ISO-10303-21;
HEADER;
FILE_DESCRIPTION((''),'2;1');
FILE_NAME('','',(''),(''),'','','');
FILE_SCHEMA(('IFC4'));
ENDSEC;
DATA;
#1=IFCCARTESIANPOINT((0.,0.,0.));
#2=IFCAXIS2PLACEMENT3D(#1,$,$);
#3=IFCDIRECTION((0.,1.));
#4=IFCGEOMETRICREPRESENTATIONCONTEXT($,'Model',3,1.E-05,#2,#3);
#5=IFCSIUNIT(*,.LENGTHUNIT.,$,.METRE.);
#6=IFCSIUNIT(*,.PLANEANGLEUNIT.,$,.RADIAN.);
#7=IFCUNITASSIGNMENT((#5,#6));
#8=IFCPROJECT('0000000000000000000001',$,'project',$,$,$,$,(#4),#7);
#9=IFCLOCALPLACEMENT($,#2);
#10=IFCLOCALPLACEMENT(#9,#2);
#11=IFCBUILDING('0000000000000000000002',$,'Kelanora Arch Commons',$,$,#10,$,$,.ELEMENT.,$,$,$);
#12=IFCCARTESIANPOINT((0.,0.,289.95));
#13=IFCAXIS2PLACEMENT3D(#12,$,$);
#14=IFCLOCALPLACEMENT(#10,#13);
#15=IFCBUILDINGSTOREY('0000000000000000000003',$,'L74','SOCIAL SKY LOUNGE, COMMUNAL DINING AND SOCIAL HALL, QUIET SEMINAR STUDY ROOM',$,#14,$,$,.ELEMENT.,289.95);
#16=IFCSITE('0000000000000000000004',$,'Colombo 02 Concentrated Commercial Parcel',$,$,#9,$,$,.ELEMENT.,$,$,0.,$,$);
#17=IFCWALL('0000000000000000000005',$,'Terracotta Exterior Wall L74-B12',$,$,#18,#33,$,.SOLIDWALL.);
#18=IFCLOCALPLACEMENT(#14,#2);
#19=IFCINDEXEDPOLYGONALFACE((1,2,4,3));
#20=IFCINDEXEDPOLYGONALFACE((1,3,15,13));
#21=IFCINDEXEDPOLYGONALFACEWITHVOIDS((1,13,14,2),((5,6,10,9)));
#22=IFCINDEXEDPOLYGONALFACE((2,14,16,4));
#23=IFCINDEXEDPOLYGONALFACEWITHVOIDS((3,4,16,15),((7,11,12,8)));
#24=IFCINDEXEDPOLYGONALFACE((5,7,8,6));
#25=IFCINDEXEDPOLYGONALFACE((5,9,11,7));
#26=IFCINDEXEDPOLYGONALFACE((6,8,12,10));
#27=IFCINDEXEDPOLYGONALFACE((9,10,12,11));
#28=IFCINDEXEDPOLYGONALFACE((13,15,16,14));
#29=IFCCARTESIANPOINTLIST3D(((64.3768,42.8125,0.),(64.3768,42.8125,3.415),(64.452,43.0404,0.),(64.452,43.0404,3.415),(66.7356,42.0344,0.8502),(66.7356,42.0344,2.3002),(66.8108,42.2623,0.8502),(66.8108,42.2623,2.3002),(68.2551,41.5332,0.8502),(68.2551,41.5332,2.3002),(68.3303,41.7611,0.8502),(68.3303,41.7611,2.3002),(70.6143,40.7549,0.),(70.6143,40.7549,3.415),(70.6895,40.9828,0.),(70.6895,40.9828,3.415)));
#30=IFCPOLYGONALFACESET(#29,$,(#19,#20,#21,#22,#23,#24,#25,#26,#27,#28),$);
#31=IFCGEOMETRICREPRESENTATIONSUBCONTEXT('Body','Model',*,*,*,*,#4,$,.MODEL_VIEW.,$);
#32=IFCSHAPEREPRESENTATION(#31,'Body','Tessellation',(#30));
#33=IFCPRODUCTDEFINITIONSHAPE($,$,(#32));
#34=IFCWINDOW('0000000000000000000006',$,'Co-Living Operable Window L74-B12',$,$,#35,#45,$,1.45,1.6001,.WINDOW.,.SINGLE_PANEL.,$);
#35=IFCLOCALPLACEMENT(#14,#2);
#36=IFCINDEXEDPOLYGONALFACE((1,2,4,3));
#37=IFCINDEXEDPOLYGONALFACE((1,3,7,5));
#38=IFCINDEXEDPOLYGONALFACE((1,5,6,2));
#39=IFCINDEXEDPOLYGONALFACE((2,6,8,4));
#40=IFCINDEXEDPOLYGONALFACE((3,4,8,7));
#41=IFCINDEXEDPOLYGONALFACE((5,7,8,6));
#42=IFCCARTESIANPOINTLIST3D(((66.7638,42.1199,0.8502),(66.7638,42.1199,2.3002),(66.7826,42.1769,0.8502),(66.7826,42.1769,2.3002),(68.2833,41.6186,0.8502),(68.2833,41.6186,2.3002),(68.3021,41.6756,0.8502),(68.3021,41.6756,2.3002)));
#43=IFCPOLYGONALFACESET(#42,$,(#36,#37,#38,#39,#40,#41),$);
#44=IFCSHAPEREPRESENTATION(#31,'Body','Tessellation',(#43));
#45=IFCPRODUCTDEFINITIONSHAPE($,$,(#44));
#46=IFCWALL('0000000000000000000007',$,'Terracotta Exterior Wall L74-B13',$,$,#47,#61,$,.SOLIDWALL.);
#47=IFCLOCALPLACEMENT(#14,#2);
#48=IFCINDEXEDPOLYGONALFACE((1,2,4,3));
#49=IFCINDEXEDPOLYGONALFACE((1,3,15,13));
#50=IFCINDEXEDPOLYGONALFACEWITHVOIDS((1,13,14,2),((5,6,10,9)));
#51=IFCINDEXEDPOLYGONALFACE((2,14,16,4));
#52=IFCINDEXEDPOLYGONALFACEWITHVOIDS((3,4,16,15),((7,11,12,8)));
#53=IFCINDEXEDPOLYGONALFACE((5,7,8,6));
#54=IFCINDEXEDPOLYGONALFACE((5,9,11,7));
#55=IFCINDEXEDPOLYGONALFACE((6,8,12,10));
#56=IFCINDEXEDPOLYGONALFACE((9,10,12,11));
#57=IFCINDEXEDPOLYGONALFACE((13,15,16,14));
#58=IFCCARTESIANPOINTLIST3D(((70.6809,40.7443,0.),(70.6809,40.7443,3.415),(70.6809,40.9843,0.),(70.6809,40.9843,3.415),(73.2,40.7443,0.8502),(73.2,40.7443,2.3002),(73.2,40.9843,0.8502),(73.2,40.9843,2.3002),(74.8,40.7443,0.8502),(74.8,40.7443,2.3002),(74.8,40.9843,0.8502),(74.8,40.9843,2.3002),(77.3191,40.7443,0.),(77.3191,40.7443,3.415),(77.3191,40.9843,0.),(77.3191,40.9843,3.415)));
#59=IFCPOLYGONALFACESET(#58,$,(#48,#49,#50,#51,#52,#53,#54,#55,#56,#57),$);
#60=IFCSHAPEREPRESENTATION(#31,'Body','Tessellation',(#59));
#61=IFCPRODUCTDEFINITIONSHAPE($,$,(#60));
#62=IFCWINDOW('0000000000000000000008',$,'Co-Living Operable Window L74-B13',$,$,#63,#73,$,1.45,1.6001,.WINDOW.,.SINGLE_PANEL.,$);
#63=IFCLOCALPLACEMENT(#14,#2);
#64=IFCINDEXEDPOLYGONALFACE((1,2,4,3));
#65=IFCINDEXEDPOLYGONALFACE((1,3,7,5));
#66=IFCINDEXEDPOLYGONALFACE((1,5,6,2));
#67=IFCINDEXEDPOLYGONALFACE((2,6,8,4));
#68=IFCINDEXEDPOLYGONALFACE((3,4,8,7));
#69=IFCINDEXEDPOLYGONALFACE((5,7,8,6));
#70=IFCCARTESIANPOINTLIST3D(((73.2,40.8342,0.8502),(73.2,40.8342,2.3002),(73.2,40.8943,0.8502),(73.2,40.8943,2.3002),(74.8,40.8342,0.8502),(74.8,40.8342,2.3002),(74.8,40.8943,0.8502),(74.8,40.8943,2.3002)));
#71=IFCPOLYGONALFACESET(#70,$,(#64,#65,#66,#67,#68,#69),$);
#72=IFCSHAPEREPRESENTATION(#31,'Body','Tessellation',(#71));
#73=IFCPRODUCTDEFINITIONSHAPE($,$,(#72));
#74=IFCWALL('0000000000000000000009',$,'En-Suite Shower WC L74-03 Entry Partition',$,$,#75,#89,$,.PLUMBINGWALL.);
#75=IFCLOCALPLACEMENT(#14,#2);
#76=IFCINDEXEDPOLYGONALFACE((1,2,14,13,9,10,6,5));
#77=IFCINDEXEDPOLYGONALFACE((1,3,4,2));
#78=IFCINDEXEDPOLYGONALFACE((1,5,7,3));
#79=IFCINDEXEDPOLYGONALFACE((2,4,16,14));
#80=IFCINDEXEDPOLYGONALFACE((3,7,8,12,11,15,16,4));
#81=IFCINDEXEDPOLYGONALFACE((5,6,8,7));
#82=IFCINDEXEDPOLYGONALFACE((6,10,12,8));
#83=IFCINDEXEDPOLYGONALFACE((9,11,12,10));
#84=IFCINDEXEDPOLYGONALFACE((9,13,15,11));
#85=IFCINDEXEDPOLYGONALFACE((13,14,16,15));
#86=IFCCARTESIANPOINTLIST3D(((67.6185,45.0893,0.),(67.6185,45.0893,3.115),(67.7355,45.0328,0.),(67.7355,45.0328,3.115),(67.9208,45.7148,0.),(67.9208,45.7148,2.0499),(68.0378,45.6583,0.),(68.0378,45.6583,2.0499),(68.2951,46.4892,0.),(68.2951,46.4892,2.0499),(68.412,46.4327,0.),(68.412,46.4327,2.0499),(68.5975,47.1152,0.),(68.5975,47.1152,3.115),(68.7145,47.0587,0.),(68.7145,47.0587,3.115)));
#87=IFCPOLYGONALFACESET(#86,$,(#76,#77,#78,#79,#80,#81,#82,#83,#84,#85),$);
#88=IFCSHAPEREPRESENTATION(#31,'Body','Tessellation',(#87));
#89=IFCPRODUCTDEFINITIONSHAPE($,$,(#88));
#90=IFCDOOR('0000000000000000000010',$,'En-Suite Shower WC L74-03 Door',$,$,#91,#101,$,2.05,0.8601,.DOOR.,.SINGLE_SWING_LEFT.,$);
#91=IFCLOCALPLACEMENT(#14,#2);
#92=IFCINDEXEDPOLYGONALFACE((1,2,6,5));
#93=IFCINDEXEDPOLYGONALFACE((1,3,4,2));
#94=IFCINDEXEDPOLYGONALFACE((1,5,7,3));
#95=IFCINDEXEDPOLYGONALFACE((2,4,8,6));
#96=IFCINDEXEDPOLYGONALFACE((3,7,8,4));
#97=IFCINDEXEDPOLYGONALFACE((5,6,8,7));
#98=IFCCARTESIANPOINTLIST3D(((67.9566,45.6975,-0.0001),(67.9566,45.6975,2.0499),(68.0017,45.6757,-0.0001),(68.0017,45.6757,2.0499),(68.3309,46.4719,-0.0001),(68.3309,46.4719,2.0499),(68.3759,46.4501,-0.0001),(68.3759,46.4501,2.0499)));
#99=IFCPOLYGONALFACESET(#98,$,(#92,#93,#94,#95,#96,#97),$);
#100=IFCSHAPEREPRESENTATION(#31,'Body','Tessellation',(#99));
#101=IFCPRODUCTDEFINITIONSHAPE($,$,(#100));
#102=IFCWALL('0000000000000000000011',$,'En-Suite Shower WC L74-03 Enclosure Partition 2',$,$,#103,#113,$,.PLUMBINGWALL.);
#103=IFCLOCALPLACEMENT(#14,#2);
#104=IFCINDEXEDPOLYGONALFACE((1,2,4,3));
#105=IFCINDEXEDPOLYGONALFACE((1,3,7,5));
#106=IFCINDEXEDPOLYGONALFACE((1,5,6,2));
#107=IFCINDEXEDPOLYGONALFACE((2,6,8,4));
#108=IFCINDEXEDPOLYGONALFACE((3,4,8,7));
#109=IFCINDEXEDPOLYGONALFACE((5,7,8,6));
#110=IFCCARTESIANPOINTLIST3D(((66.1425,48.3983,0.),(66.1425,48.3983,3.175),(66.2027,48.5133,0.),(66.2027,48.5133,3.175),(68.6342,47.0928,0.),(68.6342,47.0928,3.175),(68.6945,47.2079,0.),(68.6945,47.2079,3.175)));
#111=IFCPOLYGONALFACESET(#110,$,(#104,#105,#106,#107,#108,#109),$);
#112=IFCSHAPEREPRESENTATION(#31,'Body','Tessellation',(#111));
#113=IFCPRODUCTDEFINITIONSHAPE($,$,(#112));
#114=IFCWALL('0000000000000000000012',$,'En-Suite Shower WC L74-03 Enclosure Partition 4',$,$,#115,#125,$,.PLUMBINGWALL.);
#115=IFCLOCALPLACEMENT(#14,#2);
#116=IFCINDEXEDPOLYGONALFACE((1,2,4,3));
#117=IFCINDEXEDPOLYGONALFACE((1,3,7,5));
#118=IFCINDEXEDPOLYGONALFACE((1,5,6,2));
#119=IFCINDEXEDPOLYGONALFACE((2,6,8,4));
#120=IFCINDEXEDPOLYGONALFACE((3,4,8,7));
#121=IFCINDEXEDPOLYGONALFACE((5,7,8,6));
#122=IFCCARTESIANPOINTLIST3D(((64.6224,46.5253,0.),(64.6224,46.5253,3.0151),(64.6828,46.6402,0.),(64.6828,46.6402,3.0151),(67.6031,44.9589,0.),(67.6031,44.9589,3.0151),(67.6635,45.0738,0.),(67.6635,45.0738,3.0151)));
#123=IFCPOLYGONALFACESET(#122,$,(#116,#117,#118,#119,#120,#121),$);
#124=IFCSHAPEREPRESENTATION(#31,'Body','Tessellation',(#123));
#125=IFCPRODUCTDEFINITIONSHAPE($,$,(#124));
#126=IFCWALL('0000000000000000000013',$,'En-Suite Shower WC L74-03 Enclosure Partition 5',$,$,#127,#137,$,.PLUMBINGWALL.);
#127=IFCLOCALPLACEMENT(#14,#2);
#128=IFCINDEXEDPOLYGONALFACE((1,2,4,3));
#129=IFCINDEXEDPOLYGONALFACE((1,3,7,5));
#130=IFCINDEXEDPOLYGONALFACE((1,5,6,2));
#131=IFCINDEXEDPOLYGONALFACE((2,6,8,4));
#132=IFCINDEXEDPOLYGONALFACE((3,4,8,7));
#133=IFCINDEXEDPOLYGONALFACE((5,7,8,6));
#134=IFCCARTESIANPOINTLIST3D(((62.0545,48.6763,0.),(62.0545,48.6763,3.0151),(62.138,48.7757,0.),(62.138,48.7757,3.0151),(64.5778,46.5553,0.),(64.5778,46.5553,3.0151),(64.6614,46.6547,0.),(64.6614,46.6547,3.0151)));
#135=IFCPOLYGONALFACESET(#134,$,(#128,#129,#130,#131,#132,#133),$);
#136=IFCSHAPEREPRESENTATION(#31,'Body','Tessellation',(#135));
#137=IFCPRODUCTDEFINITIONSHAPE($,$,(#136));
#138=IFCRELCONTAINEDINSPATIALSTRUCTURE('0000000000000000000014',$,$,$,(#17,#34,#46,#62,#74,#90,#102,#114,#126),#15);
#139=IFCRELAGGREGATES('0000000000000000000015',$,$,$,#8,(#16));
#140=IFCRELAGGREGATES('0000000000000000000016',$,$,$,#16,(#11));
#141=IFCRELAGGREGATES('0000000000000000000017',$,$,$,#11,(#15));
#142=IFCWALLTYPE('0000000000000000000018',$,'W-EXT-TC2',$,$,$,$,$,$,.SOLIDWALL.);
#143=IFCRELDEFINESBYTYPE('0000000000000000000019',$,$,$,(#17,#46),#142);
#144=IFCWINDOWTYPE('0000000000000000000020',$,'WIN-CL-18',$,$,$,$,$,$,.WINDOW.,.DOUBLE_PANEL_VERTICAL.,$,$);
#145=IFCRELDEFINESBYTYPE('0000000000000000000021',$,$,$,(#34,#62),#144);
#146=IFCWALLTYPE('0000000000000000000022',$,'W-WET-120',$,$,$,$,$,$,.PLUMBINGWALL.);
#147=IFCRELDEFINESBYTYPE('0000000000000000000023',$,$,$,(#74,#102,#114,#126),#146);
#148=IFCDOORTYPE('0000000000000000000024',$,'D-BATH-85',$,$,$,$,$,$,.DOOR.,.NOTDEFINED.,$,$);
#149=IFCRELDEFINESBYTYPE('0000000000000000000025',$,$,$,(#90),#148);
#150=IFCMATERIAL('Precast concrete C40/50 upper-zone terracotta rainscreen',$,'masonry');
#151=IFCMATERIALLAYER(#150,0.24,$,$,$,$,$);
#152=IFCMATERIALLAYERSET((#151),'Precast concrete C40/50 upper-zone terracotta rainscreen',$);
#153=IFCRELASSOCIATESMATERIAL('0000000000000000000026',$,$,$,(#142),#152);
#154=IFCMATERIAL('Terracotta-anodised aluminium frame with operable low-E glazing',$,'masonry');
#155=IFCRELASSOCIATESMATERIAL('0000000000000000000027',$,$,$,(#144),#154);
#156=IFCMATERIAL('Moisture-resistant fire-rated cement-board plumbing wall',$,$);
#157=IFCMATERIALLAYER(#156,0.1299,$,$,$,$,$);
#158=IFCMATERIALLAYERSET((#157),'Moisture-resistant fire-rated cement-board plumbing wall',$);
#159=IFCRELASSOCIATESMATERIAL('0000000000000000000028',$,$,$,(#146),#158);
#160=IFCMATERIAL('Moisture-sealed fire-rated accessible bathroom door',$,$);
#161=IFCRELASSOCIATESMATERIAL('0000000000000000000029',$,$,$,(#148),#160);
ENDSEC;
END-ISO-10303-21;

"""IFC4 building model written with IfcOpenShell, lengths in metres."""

from ifc_helpers import new_model, si_unit, direction, frame, frame_2d, origin, place, context, subcontext, project, spatial, rectangle, extrude, material, layer, layer_set, type_object, element, fill, save


model = new_model("IFC4")

# Units and contexts
model_context = context("Model", 3, precision=1e-05, world=origin(), true_north=direction((0.0, 1.0)))
body_context = subcontext(model_context, "Body", "Model", "MODEL_VIEW")
ifc_project = project(units=[si_unit("LENGTHUNIT", "METRE"), si_unit("PLANEANGLEUNIT", "RADIAN")], contexts=[model_context])

# Site, building, storey
site_placement = place(None, origin())
site = spatial("IfcSite", under=ifc_project, at=site_placement, Name="Colombo 02 Concentrated Commercial Parcel", CompositionType="ELEMENT", RefElevation=0.0)
building_placement = place(site_placement, origin())
building = spatial("IfcBuilding", under=site, at=building_placement, Name="Kelanora Arch Commons", CompositionType="ELEMENT")
storey_placement = place(building_placement, frame((0.0, 0.0, 289.95)))
storey = spatial("IfcBuildingStorey", under=building, at=storey_placement, Name="L74", Description="SOCIAL SKY LOUNGE, COMMUNAL DINING AND SOCIAL HALL, QUIET SEMINAR STUDY ROOM", CompositionType="ELEMENT", Elevation=289.95)

# Walls, openings, windows
ifc_material_1 = material(Name="Precast concrete C40/50 upper-zone terracotta rainscreen", Category="masonry")
ifc_layer_1 = layer(ifc_material_1, 0.24)
ifc_layer_set_1 = layer_set([ifc_layer_1], Name="Precast concrete C40/50 upper-zone terracotta rainscreen")
wall_type_1 = type_object("IfcWallType", Name="W-EXT-TC2", PredefinedType="SOLIDWALL", material=ifc_layer_set_1)
wall_1_placement = place(storey_placement, frame((64.4143, 42.9265, 0.0), z_axis=(0.0, 0.0, 1.0), x_axis=(0.949664, -0.313271, 0.0)))
wall_1 = element("IfcWall", 1, at=wall_1_placement, inside=storey, type_object=wall_type_1, Name="Terracotta Exterior Wall L74-B12", PredefinedType="SOLIDWALL", context=body_context, shape_type="SweptSolid", body=[
    extrude(rectangle(XDim=6.5681, YDim=0.24, at=frame_2d((3.2842, 0.0))), origin(), (0.0, 0.0, 1.0), 3.415),
])
opening_1_placement = place(wall_1_placement, frame((2.4839, 0.0, 0.8501)))
opening_1 = element("IfcOpeningElement", 2, at=opening_1_placement, cuts=wall_1, PredefinedType="OPENING", context=body_context, shape_type="SweptSolid", body=[
    extrude(rectangle(XDim=1.6001, YDim=1.45, at=frame_2d((0.8, 0.7251))), frame((0.0, 0.1299, 0.0), z_axis=(0.0, -1.0, 0.0), x_axis=(1.0, 0.0, 0.0)), (0.0, 0.0, 1.0), 0.26),
])
ifc_material_2 = material(Name="Terracotta-anodised aluminium frame with operable low-E glazing", Category="masonry")
window_type = type_object("IfcWindowType", Name="WIN-CL-18", PartitioningType="DOUBLE_PANEL_VERTICAL", PredefinedType="WINDOW", material=ifc_material_2)
window_1_placement = place(opening_1_placement, origin())
window_1 = element("IfcWindow", 3, at=window_1_placement, inside=storey, type_object=window_type, Name="Co-Living Operable Window L74-B12", OverallHeight=1.45, OverallWidth=1.6001, PartitioningType="SINGLE_PANEL", PredefinedType="WINDOW", context=body_context, shape_type="SweptSolid", body=[
    extrude(rectangle(XDim=1.6001, YDim=1.45, at=frame_2d((0.8, 0.7251))), frame((0.0, 0.03, 0.0), z_axis=(0.0, -1.0, 0.0), x_axis=(1.0, 0.0, 0.0)), (0.0, 0.0, 1.0), 0.0601),
])
fill(opening_1, window_1)
wall_2_placement = place(storey_placement, frame((70.6809, 40.8643, 0.0), z_axis=(0.0, 0.0, 1.0), x_axis=(1.0, 0.0, 0.0)))
wall_2 = element("IfcWall", 4, at=wall_2_placement, inside=storey, type_object=wall_type_1, Name="Terracotta Exterior Wall L74-B13", PredefinedType="SOLIDWALL", context=body_context, shape_type="SweptSolid", body=[
    extrude(rectangle(XDim=6.6382, YDim=0.24, at=frame_2d((3.3191, 0.0))), origin(), (0.0, 0.0, 1.0), 3.415),
])
opening_2_placement = place(wall_2_placement, frame((2.519, 0.0, 0.8501)))
opening_2 = element("IfcOpeningElement", 5, at=opening_2_placement, cuts=wall_2, PredefinedType="OPENING", context=body_context, shape_type="SweptSolid", body=[
    extrude(rectangle(XDim=1.6001, YDim=1.45, at=frame_2d((0.8, 0.7251))), frame((0.0, 0.1299, 0.0), z_axis=(0.0, -1.0, 0.0), x_axis=(1.0, 0.0, 0.0)), (0.0, 0.0, 1.0), 0.26),
])
window_2_placement = place(opening_2_placement, origin())
window_2 = element("IfcWindow", 6, at=window_2_placement, inside=storey, type_object=window_type, Name="Co-Living Operable Window L74-B13", OverallHeight=1.45, OverallWidth=1.6001, PartitioningType="SINGLE_PANEL", PredefinedType="WINDOW", context=body_context, shape_type="SweptSolid", body=[
    extrude(rectangle(XDim=1.6001, YDim=1.45, at=frame_2d((0.8, 0.7251))), frame((0.0, 0.03, 0.0), z_axis=(0.0, -1.0, 0.0), x_axis=(1.0, 0.0, 0.0)), (0.0, 0.0, 1.0), 0.0601),
])
fill(opening_2, window_2)

# Wall, opening, door
ifc_material_3 = material(Name="Moisture-resistant fire-rated cement-board plumbing wall")
ifc_layer_2 = layer(ifc_material_3, 0.1299)
ifc_layer_set_2 = layer_set([ifc_layer_2], Name="Moisture-resistant fire-rated cement-board plumbing wall")
wall_type_2 = type_object("IfcWallType", Name="W-WET-120", PredefinedType="PLUMBINGWALL", material=ifc_layer_set_2)
wall_3_placement = place(storey_placement, frame((68.656, 47.0869, 0.0), z_axis=(0.0, 0.0, 1.0), x_axis=(-0.435107, -0.900379, 0.0)))
wall_3 = element("IfcWall", 7, at=wall_3_placement, inside=storey, type_object=wall_type_2, Name="En-Suite Shower WC L74-03 Entry Partition", PredefinedType="PLUMBINGWALL", context=body_context, shape_type="SweptSolid", body=[
    extrude(rectangle(XDim=2.25, YDim=0.1299, at=frame_2d((1.125, 0.0))), origin(), (0.0, 0.0, 1.0), 3.115),
])
opening_3_placement = place(wall_3_placement, frame((0.6951, 0.0, 0.0)))
opening_3 = element("IfcOpeningElement", 8, at=opening_3_placement, cuts=wall_3, PredefinedType="OPENING", context=body_context, shape_type="SweptSolid", body=[
    extrude(rectangle(XDim=0.8601, YDim=2.05, at=frame_2d((0.4302, 1.0249))), frame((0.0, 0.075, 0.0), z_axis=(0.0, -1.0, 0.0), x_axis=(1.0, 0.0, 0.0)), (0.0, 0.0, 1.0), 0.1499),
])
ifc_material_4 = material(Name="Moisture-sealed fire-rated accessible bathroom door")
door_type_1 = type_object("IfcDoorType", Name="D-BATH-85", OperationType="NOTDEFINED", PredefinedType="DOOR", material=ifc_material_4)
door_1_placement = place(opening_3_placement, origin())
door_1 = element("IfcDoor", 9, at=door_1_placement, inside=storey, type_object=door_type_1, Name="En-Suite Shower WC L74-03 Door", OperationType="SINGLE_SWING_LEFT", OverallHeight=2.05, OverallWidth=0.8601, PredefinedType="DOOR", context=body_context, shape_type="SweptSolid", body=[
    extrude(rectangle(XDim=0.8601, YDim=2.05, at=frame_2d((0.4302, 1.0249))), frame((0.0, 0.0249, 0.0), z_axis=(0.0, -1.0, 0.0), x_axis=(1.0, 0.0, 0.0)), (0.0, 0.0, 1.0), 0.05),
])
fill(opening_3, door_1)

# Walls
wall_4_placement = place(storey_placement, frame((66.1726, 48.4558, 0.0), z_axis=(0.0, 0.0, 1.0), x_axis=(0.885796, -0.464075, 0.0)))
element("IfcWall", 10, at=wall_4_placement, inside=storey, type_object=wall_type_2, Name="En-Suite Shower WC L74-03 Enclosure Partition 2", PredefinedType="PLUMBINGWALL", context=body_context, shape_type="SweptSolid", body=[
    extrude(rectangle(XDim=2.813, YDim=0.1299, at=frame_2d((1.4065, 0.0))), origin(), (0.0, 0.0, 1.0), 3.175),
])
wall_5_placement = place(storey_placement, frame((67.6333, 45.0164, 0.0), z_axis=(0.0, 0.0, 1.0), x_axis=(-0.885211, 0.465191, 0.0)))
element("IfcWall", 11, at=wall_5_placement, inside=storey, type_object=wall_type_2, Name="En-Suite Shower WC L74-03 Enclosure Partition 4", PredefinedType="PLUMBINGWALL", context=body_context, shape_type="SweptSolid", body=[
    extrude(rectangle(XDim=3.3672, YDim=0.1299, at=frame_2d((1.6836, 0.0))), origin(), (0.0, 0.0, 1.0), 3.0151),
])
wall_6_placement = place(storey_placement, frame((64.6196, 46.605, 0.0), z_axis=(0.0, 0.0, 1.0), x_axis=(-0.765495, 0.643442, 0.0)))
element("IfcWall", 12, at=wall_6_placement, inside=storey, type_object=wall_type_2, Name="En-Suite Shower WC L74-03 Enclosure Partition 5", PredefinedType="PLUMBINGWALL", context=body_context, shape_type="SweptSolid", body=[
    extrude(rectangle(XDim=3.2964, YDim=0.1299, at=frame_2d((1.6482, 0.0))), origin(), (0.0, 0.0, 1.0), 3.0151),
])

save(model, "model.ifc")
